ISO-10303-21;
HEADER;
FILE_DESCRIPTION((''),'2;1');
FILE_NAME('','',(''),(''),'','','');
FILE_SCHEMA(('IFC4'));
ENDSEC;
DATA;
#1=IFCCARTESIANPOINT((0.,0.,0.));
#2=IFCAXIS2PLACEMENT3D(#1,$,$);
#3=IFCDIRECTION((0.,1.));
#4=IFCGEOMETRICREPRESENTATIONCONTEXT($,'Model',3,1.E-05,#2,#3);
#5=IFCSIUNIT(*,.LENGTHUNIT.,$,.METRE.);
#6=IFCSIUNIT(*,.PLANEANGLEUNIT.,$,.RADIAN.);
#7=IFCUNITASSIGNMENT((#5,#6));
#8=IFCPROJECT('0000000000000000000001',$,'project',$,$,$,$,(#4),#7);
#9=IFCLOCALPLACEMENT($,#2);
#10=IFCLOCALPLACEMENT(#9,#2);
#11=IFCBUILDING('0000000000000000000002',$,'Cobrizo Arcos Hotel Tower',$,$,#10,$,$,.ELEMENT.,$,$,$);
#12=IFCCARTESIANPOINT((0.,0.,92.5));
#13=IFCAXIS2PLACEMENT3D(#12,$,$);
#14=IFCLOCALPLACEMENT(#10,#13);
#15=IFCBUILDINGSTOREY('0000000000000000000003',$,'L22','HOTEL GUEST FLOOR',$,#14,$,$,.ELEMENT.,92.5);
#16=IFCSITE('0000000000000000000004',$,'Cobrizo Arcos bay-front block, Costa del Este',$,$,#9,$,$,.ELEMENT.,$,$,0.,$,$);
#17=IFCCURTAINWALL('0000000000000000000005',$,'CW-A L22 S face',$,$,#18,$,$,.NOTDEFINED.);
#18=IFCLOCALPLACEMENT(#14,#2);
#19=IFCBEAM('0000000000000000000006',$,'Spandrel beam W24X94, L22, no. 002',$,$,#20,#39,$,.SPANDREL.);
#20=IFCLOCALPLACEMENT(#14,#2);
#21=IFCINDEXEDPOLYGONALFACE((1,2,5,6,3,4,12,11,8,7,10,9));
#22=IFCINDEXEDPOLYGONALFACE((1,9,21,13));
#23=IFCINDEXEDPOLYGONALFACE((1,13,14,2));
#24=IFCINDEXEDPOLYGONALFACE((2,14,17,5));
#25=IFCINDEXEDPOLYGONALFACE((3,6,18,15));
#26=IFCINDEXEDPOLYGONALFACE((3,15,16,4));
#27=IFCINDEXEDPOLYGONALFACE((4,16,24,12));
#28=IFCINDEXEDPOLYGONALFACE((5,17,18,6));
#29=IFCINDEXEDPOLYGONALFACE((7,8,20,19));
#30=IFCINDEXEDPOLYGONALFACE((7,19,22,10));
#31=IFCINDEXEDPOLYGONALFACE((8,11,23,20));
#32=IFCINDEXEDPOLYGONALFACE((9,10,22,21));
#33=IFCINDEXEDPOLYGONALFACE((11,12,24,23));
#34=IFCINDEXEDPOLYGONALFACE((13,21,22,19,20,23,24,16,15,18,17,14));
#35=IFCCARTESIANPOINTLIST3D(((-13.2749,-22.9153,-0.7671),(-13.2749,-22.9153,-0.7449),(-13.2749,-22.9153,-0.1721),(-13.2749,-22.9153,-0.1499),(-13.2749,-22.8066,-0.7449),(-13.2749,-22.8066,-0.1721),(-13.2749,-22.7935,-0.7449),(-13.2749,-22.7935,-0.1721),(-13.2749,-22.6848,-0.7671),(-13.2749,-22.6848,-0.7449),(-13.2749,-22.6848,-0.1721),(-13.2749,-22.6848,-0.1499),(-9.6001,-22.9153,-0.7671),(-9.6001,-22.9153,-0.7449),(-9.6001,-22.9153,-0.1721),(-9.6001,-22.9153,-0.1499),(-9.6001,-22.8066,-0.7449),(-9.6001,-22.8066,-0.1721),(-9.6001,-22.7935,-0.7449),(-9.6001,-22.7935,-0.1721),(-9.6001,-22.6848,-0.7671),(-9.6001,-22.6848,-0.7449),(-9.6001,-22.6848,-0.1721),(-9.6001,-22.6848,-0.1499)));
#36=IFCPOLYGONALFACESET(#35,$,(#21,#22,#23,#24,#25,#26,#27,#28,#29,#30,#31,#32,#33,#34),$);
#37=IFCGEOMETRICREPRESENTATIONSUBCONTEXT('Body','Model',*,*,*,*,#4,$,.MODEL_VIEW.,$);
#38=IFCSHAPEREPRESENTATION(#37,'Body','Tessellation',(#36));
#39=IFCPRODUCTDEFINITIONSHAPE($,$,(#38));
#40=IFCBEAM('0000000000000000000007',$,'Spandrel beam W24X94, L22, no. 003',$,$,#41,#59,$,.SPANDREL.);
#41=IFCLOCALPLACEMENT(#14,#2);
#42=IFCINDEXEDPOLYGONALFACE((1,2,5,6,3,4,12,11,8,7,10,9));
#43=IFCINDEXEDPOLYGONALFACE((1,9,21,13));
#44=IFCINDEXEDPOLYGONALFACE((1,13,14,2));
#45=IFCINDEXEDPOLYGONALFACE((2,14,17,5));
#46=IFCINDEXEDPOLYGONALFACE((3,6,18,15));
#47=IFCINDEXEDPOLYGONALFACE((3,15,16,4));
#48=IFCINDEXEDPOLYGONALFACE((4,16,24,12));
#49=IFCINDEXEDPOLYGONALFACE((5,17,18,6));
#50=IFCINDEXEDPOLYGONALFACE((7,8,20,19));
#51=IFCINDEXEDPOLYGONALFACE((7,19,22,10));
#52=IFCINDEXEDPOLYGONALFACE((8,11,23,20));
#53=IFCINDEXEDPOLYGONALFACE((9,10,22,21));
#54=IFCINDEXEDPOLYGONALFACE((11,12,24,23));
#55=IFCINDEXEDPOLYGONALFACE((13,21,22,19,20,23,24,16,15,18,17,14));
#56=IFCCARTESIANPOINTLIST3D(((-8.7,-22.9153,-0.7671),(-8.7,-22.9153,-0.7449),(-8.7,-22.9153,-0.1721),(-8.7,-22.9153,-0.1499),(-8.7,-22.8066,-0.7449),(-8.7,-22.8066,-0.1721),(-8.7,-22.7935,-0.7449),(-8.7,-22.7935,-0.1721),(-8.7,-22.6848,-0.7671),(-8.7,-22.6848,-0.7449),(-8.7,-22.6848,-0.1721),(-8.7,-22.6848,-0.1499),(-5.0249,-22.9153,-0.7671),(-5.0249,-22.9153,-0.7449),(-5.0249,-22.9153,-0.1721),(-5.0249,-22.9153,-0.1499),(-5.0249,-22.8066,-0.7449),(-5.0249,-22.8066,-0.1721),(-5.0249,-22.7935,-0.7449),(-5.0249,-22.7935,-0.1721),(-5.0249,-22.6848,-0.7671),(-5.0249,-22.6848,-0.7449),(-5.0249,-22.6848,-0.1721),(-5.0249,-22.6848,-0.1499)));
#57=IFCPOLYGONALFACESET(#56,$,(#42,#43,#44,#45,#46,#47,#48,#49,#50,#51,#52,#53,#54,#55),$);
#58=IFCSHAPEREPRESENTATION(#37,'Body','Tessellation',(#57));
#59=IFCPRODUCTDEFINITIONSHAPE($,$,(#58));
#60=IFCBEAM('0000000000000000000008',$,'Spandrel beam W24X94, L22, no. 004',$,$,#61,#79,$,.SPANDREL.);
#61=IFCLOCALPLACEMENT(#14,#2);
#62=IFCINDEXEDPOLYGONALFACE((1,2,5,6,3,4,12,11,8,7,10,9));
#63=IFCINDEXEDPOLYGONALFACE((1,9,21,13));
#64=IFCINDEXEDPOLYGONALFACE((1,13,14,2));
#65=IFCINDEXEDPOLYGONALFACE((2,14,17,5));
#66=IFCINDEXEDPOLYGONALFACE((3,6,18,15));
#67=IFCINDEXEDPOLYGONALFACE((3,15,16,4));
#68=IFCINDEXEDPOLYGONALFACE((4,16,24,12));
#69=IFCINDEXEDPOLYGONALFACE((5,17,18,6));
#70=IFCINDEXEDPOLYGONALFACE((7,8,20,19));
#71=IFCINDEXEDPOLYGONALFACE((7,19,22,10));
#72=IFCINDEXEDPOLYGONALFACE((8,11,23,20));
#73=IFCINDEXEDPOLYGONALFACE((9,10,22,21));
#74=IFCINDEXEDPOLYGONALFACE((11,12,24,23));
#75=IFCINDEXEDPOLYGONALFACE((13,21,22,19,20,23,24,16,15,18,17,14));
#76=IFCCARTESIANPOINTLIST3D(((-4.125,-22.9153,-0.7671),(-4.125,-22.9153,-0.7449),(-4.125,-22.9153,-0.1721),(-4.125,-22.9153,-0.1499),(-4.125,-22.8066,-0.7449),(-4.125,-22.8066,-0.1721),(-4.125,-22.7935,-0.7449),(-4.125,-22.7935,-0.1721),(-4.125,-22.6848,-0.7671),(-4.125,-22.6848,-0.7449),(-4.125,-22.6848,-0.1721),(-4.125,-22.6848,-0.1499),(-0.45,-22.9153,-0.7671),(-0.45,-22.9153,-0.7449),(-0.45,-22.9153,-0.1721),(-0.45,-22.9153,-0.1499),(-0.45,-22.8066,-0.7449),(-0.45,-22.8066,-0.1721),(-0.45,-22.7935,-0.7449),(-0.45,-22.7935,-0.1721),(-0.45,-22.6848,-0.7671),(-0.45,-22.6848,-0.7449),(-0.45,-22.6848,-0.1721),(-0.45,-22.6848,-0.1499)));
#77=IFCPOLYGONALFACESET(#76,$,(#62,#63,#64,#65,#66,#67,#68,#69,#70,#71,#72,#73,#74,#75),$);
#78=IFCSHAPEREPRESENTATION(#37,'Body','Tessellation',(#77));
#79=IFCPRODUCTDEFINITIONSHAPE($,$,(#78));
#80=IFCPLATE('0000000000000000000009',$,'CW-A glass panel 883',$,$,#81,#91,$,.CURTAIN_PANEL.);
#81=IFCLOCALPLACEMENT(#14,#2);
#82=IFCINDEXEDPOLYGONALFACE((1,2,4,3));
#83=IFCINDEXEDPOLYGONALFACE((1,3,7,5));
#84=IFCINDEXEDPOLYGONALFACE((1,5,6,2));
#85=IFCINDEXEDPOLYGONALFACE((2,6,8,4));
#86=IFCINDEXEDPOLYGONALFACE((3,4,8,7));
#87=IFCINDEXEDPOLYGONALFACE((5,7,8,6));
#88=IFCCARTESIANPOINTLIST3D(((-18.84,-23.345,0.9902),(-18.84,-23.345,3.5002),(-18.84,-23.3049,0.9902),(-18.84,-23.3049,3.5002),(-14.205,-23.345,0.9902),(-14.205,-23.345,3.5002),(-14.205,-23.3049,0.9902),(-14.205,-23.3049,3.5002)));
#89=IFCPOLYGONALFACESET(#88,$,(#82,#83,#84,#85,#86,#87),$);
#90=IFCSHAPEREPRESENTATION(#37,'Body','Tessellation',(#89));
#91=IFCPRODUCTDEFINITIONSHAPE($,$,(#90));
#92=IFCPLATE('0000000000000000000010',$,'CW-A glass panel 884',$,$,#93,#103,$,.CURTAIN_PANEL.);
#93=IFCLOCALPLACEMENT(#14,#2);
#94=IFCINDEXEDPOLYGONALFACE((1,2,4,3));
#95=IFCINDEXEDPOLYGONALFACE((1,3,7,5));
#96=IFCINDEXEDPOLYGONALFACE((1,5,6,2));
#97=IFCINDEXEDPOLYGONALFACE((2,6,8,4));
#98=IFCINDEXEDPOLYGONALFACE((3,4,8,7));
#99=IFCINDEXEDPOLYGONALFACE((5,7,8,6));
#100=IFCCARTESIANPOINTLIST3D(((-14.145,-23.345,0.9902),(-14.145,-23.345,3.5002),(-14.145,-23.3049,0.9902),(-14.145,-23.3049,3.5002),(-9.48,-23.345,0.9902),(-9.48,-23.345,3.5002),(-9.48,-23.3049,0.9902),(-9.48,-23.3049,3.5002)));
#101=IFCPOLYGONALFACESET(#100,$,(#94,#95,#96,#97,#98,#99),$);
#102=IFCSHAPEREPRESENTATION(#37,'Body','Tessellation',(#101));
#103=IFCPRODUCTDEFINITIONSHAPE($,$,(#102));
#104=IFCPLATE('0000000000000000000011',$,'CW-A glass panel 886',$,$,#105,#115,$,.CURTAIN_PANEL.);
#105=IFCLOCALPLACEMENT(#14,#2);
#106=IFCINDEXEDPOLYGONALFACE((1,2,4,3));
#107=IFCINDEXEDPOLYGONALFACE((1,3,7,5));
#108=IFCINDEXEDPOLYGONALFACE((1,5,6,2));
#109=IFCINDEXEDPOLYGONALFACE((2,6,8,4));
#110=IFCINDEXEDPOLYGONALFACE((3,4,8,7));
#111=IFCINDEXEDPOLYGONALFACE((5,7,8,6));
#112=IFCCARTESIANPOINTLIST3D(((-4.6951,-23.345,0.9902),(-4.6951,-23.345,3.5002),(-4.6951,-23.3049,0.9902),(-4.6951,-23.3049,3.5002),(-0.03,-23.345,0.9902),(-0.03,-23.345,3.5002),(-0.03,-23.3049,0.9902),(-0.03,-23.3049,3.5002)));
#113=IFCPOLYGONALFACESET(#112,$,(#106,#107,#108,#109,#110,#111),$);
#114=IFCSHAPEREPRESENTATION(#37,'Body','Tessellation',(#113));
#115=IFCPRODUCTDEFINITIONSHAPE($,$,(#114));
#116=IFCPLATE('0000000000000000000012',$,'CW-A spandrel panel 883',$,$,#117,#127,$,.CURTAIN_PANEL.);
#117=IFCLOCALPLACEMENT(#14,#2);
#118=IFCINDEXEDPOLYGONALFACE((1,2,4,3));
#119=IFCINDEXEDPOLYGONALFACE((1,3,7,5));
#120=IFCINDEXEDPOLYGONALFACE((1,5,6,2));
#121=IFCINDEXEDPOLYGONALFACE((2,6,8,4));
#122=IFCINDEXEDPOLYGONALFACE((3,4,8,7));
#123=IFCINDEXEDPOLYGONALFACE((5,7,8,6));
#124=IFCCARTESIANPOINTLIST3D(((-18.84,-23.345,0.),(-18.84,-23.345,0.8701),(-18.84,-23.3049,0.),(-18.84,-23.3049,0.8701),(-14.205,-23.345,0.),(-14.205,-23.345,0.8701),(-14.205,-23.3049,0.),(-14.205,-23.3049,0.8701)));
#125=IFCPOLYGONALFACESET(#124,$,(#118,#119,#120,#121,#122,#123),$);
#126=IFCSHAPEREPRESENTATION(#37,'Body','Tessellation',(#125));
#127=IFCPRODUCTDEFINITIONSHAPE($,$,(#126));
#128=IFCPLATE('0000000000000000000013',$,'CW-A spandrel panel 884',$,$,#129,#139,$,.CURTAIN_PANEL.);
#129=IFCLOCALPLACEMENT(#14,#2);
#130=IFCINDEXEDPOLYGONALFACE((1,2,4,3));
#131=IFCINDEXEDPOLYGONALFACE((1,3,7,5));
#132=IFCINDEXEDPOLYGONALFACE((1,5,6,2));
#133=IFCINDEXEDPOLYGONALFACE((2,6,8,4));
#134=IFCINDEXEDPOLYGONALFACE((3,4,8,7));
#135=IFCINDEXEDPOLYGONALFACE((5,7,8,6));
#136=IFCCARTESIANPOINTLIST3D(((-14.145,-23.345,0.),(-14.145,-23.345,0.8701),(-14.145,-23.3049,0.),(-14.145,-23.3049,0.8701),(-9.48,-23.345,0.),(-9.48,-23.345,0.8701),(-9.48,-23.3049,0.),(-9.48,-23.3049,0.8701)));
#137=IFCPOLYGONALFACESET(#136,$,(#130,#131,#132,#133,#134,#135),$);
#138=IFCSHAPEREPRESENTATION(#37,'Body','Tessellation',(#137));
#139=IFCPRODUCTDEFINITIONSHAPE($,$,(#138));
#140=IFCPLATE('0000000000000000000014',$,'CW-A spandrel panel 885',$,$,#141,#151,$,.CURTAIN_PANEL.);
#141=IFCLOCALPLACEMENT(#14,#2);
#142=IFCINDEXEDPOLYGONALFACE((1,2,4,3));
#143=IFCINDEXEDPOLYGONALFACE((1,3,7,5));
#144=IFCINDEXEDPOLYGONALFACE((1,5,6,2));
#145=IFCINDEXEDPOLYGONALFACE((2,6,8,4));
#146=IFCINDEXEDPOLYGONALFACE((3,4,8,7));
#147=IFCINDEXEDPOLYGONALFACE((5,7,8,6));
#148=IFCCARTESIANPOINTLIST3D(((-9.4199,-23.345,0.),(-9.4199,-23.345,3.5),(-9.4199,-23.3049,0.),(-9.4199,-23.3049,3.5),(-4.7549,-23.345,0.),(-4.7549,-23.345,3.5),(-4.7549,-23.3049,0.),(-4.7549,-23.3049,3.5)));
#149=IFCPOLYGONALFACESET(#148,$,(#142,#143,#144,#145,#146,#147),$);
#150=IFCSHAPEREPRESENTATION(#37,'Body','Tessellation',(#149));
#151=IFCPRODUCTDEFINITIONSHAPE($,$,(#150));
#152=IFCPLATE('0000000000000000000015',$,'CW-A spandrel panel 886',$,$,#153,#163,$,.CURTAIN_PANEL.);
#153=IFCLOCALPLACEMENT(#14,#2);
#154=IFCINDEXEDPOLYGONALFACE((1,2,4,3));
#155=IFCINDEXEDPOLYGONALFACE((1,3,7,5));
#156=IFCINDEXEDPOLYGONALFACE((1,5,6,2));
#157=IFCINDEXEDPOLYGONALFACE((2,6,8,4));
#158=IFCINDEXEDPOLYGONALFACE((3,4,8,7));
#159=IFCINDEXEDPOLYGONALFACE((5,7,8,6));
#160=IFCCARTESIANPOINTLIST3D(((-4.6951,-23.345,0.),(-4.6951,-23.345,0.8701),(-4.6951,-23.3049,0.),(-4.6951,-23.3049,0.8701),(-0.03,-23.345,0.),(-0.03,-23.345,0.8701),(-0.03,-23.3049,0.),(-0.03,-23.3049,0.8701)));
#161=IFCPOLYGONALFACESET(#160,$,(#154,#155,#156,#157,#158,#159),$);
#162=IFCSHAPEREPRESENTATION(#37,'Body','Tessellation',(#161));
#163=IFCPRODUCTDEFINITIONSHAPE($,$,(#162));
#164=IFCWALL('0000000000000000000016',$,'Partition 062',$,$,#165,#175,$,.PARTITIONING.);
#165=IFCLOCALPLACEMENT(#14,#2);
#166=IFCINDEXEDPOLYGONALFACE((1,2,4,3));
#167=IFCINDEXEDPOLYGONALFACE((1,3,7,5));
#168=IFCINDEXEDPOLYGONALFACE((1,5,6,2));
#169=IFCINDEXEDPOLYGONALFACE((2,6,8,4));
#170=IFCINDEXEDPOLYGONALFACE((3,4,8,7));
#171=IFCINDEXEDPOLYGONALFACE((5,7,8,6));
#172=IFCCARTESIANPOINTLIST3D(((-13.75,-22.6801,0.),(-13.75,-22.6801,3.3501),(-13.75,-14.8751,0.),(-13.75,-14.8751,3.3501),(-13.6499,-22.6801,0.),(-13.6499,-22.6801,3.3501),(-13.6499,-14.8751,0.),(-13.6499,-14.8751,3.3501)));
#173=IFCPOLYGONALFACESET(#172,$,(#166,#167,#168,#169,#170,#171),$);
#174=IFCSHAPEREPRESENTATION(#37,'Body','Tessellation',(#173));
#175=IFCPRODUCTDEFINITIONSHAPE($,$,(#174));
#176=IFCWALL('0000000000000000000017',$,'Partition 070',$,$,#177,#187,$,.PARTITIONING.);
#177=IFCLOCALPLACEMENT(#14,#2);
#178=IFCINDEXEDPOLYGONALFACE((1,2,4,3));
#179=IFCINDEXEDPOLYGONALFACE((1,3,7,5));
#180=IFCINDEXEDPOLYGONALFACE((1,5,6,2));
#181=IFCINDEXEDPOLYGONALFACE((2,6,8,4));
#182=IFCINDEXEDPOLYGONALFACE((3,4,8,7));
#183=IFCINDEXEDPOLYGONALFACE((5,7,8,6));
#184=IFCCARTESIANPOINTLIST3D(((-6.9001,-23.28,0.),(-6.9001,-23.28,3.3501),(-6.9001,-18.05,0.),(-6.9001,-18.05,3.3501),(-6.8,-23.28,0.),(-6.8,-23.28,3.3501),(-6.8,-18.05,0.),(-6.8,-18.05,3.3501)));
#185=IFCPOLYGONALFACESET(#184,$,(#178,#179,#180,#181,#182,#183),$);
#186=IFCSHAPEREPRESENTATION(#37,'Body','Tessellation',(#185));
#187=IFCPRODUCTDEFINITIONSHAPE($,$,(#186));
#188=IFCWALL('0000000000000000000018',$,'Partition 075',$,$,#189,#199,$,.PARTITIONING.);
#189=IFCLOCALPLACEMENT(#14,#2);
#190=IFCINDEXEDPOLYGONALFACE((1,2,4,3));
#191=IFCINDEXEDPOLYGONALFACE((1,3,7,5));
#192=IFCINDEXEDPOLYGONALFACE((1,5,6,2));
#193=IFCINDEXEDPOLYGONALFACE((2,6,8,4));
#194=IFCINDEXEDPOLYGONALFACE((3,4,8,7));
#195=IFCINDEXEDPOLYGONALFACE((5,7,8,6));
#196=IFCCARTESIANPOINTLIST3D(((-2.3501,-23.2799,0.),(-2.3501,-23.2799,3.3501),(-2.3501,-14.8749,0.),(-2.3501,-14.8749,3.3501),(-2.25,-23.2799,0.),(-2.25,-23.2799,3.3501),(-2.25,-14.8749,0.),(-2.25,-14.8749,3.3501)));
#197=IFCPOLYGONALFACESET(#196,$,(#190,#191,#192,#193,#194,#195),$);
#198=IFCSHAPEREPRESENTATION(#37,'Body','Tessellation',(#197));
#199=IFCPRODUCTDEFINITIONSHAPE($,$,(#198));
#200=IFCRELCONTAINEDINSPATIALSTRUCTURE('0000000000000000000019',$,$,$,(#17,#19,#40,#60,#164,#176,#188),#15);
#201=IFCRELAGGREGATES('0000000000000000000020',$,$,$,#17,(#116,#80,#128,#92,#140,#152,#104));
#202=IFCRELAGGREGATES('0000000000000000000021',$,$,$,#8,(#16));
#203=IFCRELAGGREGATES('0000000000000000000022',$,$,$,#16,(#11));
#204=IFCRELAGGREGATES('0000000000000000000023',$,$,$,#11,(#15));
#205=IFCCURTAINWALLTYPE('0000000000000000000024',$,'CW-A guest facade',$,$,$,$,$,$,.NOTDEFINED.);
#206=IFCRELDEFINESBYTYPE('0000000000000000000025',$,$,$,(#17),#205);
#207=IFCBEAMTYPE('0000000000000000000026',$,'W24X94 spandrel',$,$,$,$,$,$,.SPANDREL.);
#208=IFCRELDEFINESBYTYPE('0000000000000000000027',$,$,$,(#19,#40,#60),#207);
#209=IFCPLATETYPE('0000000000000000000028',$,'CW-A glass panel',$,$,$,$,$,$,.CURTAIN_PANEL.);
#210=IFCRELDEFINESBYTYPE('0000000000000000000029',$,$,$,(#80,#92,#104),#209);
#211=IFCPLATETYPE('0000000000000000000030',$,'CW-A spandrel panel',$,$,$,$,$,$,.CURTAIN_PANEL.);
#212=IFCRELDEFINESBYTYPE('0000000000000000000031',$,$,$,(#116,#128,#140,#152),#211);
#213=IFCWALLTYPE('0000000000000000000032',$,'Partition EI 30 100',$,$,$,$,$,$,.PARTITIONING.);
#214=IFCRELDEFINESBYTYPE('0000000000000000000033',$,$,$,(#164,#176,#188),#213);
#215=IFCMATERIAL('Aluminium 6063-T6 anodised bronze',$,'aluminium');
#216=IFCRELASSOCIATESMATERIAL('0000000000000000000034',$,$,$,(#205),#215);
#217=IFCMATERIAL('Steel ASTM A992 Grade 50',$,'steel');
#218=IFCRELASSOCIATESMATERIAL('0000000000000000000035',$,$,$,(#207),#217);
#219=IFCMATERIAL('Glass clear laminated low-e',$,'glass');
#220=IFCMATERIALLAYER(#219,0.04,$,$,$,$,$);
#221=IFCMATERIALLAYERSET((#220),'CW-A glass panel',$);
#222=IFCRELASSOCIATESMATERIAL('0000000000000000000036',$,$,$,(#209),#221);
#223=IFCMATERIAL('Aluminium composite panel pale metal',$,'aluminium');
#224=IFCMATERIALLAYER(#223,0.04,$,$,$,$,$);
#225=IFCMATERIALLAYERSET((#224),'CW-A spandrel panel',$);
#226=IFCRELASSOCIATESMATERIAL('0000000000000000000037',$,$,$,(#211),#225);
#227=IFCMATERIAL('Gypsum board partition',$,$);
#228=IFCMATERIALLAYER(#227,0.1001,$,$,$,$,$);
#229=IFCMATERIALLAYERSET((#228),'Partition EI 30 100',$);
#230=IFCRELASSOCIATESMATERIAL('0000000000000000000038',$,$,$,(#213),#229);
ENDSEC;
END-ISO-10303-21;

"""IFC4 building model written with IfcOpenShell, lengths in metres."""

from ifc_helpers import new_model, si_unit, direction, frame, frame_2d, origin, origin_2d, place, context, subcontext, project, spatial, rectangle, i_section, extrude, material, layer, layer_set, material_profile, profile_set, type_object, element, aggregate, save


model = new_model("IFC4")

# Units and contexts
model_context = context("Model", 3, precision=1e-05, world=origin(), true_north=direction((0.0, 1.0)))
body_context = subcontext(model_context, "Body", "Model", "MODEL_VIEW")
ifc_project = project(units=[si_unit("LENGTHUNIT", "METRE"), si_unit("PLANEANGLEUNIT", "RADIAN")], contexts=[model_context])

# Site, building, storey
site_placement = place(None, origin())
site = spatial("IfcSite", under=ifc_project, at=site_placement, Name="Cobrizo Arcos bay-front block, Costa del Este", CompositionType="ELEMENT", RefElevation=0.0)
building_placement = place(site_placement, origin())
building = spatial("IfcBuilding", under=site, at=building_placement, Name="Cobrizo Arcos Hotel Tower", CompositionType="ELEMENT")
storey_placement = place(building_placement, frame((0.0, 0.0, 92.5)))
storey = spatial("IfcBuildingStorey", under=building, at=storey_placement, Name="L22", Description="HOTEL GUEST FLOOR", CompositionType="ELEMENT", Elevation=92.5)

# Curtain wall
ifc_material_1 = material(Name="Aluminium 6063-T6 anodised bronze", Category="aluminium")
curtain_wall_type = type_object("IfcCurtainWallType", Name="CW-A guest facade", PredefinedType="NOTDEFINED", material=ifc_material_1)
curtain_wall_placement = place(storey_placement, origin())
curtain_wall = element("IfcCurtainWall", 1, at=curtain_wall_placement, inside=storey, type_object=curtain_wall_type, Name="CW-A L22 S face", PredefinedType="NOTDEFINED")

# Beams
ifc_material_2 = material(Name="Steel ASTM A992 Grade 50", Category="steel")
ifc_material_profile_1 = material_profile(ifc_material_2, i_section(OverallWidth=0.2305, OverallDepth=0.6172, WebThickness=0.0132, FlangeThickness=0.0222, at=origin_2d()), Name="W24X94")
ifc_profile_set_1 = profile_set([ifc_material_profile_1], Name="Steel ASTM A992 Grade 50")
beam_type_1 = type_object("IfcBeamType", Name="W24X94 spandrel", PredefinedType="SPANDREL", material=ifc_profile_set_1)
beam_1_placement = place(storey_placement, frame((-13.2749, -22.8, -0.4585), z_axis=(1.0, 0.0, 0.0), x_axis=(0.0, 1.0, 0.0)))
element("IfcBeam", 2, at=beam_1_placement, inside=storey, type_object=beam_type_1, Name="Spandrel beam W24X94, L22, no. 002", PredefinedType="SPANDREL", context=body_context, shape_type="SweptSolid", body=[
    extrude(i_section(OverallWidth=0.2305, OverallDepth=0.6172, WebThickness=0.0132, FlangeThickness=0.0222, at=origin_2d()), origin(), (0.0, 0.0, 1.0), 3.6748),
])
for number, where, z_axis, x_axis, name in (
    (3, (-8.7, -22.8, -0.4585), (1.0, 0.0, 0.0), (0.0, 1.0, 0.0), "Spandrel beam W24X94, L22, no. 003"),
    (4, (-4.125, -22.8, -0.4585), (1.0, 0.0, 0.0), (0.0, 1.0, 0.0), "Spandrel beam W24X94, L22, no. 004"),
):
    element("IfcBeam", number, at=place(storey_placement, frame(where, z_axis=z_axis, x_axis=x_axis)), inside=storey, type_object=beam_type_1, Name=name, PredefinedType="SPANDREL", context=body_context, shape_type="SweptSolid", body=[
        extrude(i_section(OverallWidth=0.2305, OverallDepth=0.6172, WebThickness=0.0132, FlangeThickness=0.0222, at=origin_2d()), origin(), (0.0, 0.0, 1.0), 3.675),
    ])

# Plates
ifc_material_3 = material(Name="Glass clear laminated low-e", Category="glass")
ifc_layer_1 = layer(ifc_material_3, 0.04)
ifc_layer_set_1 = layer_set([ifc_layer_1], Name="CW-A glass panel")
plate_type_1 = type_object("IfcPlateType", Name="CW-A glass panel", PredefinedType="CURTAIN_PANEL", material=ifc_layer_set_1)
plate_1_placement = place(storey_placement, frame((-16.5225, -23.325, 0.9902), z_axis=(0.0, 0.0, 1.0), x_axis=(1.0, 0.0, 0.0)))
plate_1 = element("IfcPlate", 5, at=plate_1_placement, type_object=plate_type_1, Name="CW-A glass panel 883", PredefinedType="CURTAIN_PANEL", context=body_context, shape_type="SweptSolid", body=[
    extrude(rectangle(XDim=4.635, YDim=0.04, at=origin_2d()), origin(), (0.0, 0.0, 1.0), 2.51),
])
plate_2_placement = place(storey_placement, frame((-11.8125, -23.325, 0.9902), z_axis=(0.0, 0.0, 1.0), x_axis=(1.0, 0.0, 0.0)))
plate_2 = element("IfcPlate", 6, at=plate_2_placement, type_object=plate_type_1, Name="CW-A glass panel 884", PredefinedType="CURTAIN_PANEL", context=body_context, shape_type="SweptSolid", body=[
    extrude(rectangle(XDim=4.665, YDim=0.04, at=origin_2d()), origin(), (0.0, 0.0, 1.0), 2.51),
])
plate_3_placement = place(storey_placement, frame((-2.3625, -23.325, 0.9902), z_axis=(0.0, 0.0, 1.0), x_axis=(1.0, 0.0, 0.0)))
plate_3 = element("IfcPlate", 7, at=plate_3_placement, type_object=plate_type_1, Name="CW-A glass panel 886", PredefinedType="CURTAIN_PANEL", context=body_context, shape_type="SweptSolid", body=[
    extrude(rectangle(XDim=4.665, YDim=0.04, at=origin_2d()), origin(), (0.0, 0.0, 1.0), 2.51),
])
ifc_material_4 = material(Name="Aluminium composite panel pale metal", Category="aluminium")
ifc_layer_2 = layer(ifc_material_4, 0.04)
ifc_layer_set_2 = layer_set([ifc_layer_2], Name="CW-A spandrel panel")
plate_type_2 = type_object("IfcPlateType", Name="CW-A spandrel panel", PredefinedType="CURTAIN_PANEL", material=ifc_layer_set_2)
plate_4_placement = place(storey_placement, frame((-16.5225, -23.325, 0.0), z_axis=(0.0, 0.0, 1.0), x_axis=(1.0, 0.0, 0.0)))
plate_4 = element("IfcPlate", 8, at=plate_4_placement, type_object=plate_type_2, Name="CW-A spandrel panel 883", PredefinedType="CURTAIN_PANEL", context=body_context, shape_type="SweptSolid", body=[
    extrude(rectangle(XDim=4.635, YDim=0.04, at=origin_2d()), origin(), (0.0, 0.0, 1.0), 0.8701),
])
plate_5_placement = place(storey_placement, frame((-11.8125, -23.325, 0.0), z_axis=(0.0, 0.0, 1.0), x_axis=(1.0, 0.0, 0.0)))
plate_5 = element("IfcPlate", 9, at=plate_5_placement, type_object=plate_type_2, Name="CW-A spandrel panel 884", PredefinedType="CURTAIN_PANEL", context=body_context, shape_type="SweptSolid", body=[
    extrude(rectangle(XDim=4.665, YDim=0.04, at=origin_2d()), origin(), (0.0, 0.0, 1.0), 0.8701),
])
plate_6_placement = place(storey_placement, frame((-7.0874, -23.325, 0.0), z_axis=(0.0, 0.0, 1.0), x_axis=(1.0, 0.0, 0.0)))
plate_6 = element("IfcPlate", 10, at=plate_6_placement, type_object=plate_type_2, Name="CW-A spandrel panel 885", PredefinedType="CURTAIN_PANEL", context=body_context, shape_type="SweptSolid", body=[
    extrude(rectangle(XDim=4.665, YDim=0.04, at=origin_2d()), origin(), (0.0, 0.0, 1.0), 3.5),
])
plate_7_placement = place(storey_placement, frame((-2.3625, -23.325, 0.0), z_axis=(0.0, 0.0, 1.0), x_axis=(1.0, 0.0, 0.0)))
plate_7 = element("IfcPlate", 11, at=plate_7_placement, type_object=plate_type_2, Name="CW-A spandrel panel 886", PredefinedType="CURTAIN_PANEL", context=body_context, shape_type="SweptSolid", body=[
    extrude(rectangle(XDim=4.665, YDim=0.04, at=origin_2d()), origin(), (0.0, 0.0, 1.0), 0.8701),
])
aggregate(curtain_wall, [plate_4, plate_1, plate_5, plate_2, plate_6, plate_7, plate_3])

# Walls
ifc_material_5 = material(Name="Gypsum board partition")
ifc_layer_3 = layer(ifc_material_5, 0.1001)
ifc_layer_set_3 = layer_set([ifc_layer_3], Name="Partition EI 30 100")
wall_type = type_object("IfcWallType", Name="Partition EI 30 100", PredefinedType="PARTITIONING", material=ifc_layer_set_3)
wall_1_placement = place(storey_placement, frame((-13.7, -22.6799, 0.0), z_axis=(0.0, 0.0, 1.0), x_axis=(0.0, 1.0, 0.0)))
element("IfcWall", 12, at=wall_1_placement, inside=storey, type_object=wall_type, Name="Partition 062", PredefinedType="PARTITIONING", context=body_context, shape_type="SweptSolid", body=[
    extrude(rectangle(XDim=7.8049, YDim=0.1001, at=frame_2d((3.9023, 0.0))), origin(), (0.0, 0.0, 1.0), 3.3501),
])
wall_2_placement = place(storey_placement, frame((-6.8501, -23.28, 0.0), z_axis=(0.0, 0.0, 1.0), x_axis=(0.0, 1.0, 0.0)))
element("IfcWall", 13, at=wall_2_placement, inside=storey, type_object=wall_type, Name="Partition 070", PredefinedType="PARTITIONING", context=body_context, shape_type="SweptSolid", body=[
    extrude(rectangle(XDim=5.23, YDim=0.1001, at=frame_2d((2.615, 0.0))), origin(), (0.0, 0.0, 1.0), 3.3501),
])
wall_3_placement = place(storey_placement, frame((-2.3, -23.28, 0.0), z_axis=(0.0, 0.0, 1.0), x_axis=(0.0, 1.0, 0.0)))
element("IfcWall", 14, at=wall_3_placement, inside=storey, type_object=wall_type, Name="Partition 075", PredefinedType="PARTITIONING", context=body_context, shape_type="SweptSolid", body=[
    extrude(rectangle(XDim=8.405, YDim=0.1001, at=frame_2d((4.2026, 0.0))), origin(), (0.0, 0.0, 1.0), 3.3501),
])

save(model, "model.ifc")
